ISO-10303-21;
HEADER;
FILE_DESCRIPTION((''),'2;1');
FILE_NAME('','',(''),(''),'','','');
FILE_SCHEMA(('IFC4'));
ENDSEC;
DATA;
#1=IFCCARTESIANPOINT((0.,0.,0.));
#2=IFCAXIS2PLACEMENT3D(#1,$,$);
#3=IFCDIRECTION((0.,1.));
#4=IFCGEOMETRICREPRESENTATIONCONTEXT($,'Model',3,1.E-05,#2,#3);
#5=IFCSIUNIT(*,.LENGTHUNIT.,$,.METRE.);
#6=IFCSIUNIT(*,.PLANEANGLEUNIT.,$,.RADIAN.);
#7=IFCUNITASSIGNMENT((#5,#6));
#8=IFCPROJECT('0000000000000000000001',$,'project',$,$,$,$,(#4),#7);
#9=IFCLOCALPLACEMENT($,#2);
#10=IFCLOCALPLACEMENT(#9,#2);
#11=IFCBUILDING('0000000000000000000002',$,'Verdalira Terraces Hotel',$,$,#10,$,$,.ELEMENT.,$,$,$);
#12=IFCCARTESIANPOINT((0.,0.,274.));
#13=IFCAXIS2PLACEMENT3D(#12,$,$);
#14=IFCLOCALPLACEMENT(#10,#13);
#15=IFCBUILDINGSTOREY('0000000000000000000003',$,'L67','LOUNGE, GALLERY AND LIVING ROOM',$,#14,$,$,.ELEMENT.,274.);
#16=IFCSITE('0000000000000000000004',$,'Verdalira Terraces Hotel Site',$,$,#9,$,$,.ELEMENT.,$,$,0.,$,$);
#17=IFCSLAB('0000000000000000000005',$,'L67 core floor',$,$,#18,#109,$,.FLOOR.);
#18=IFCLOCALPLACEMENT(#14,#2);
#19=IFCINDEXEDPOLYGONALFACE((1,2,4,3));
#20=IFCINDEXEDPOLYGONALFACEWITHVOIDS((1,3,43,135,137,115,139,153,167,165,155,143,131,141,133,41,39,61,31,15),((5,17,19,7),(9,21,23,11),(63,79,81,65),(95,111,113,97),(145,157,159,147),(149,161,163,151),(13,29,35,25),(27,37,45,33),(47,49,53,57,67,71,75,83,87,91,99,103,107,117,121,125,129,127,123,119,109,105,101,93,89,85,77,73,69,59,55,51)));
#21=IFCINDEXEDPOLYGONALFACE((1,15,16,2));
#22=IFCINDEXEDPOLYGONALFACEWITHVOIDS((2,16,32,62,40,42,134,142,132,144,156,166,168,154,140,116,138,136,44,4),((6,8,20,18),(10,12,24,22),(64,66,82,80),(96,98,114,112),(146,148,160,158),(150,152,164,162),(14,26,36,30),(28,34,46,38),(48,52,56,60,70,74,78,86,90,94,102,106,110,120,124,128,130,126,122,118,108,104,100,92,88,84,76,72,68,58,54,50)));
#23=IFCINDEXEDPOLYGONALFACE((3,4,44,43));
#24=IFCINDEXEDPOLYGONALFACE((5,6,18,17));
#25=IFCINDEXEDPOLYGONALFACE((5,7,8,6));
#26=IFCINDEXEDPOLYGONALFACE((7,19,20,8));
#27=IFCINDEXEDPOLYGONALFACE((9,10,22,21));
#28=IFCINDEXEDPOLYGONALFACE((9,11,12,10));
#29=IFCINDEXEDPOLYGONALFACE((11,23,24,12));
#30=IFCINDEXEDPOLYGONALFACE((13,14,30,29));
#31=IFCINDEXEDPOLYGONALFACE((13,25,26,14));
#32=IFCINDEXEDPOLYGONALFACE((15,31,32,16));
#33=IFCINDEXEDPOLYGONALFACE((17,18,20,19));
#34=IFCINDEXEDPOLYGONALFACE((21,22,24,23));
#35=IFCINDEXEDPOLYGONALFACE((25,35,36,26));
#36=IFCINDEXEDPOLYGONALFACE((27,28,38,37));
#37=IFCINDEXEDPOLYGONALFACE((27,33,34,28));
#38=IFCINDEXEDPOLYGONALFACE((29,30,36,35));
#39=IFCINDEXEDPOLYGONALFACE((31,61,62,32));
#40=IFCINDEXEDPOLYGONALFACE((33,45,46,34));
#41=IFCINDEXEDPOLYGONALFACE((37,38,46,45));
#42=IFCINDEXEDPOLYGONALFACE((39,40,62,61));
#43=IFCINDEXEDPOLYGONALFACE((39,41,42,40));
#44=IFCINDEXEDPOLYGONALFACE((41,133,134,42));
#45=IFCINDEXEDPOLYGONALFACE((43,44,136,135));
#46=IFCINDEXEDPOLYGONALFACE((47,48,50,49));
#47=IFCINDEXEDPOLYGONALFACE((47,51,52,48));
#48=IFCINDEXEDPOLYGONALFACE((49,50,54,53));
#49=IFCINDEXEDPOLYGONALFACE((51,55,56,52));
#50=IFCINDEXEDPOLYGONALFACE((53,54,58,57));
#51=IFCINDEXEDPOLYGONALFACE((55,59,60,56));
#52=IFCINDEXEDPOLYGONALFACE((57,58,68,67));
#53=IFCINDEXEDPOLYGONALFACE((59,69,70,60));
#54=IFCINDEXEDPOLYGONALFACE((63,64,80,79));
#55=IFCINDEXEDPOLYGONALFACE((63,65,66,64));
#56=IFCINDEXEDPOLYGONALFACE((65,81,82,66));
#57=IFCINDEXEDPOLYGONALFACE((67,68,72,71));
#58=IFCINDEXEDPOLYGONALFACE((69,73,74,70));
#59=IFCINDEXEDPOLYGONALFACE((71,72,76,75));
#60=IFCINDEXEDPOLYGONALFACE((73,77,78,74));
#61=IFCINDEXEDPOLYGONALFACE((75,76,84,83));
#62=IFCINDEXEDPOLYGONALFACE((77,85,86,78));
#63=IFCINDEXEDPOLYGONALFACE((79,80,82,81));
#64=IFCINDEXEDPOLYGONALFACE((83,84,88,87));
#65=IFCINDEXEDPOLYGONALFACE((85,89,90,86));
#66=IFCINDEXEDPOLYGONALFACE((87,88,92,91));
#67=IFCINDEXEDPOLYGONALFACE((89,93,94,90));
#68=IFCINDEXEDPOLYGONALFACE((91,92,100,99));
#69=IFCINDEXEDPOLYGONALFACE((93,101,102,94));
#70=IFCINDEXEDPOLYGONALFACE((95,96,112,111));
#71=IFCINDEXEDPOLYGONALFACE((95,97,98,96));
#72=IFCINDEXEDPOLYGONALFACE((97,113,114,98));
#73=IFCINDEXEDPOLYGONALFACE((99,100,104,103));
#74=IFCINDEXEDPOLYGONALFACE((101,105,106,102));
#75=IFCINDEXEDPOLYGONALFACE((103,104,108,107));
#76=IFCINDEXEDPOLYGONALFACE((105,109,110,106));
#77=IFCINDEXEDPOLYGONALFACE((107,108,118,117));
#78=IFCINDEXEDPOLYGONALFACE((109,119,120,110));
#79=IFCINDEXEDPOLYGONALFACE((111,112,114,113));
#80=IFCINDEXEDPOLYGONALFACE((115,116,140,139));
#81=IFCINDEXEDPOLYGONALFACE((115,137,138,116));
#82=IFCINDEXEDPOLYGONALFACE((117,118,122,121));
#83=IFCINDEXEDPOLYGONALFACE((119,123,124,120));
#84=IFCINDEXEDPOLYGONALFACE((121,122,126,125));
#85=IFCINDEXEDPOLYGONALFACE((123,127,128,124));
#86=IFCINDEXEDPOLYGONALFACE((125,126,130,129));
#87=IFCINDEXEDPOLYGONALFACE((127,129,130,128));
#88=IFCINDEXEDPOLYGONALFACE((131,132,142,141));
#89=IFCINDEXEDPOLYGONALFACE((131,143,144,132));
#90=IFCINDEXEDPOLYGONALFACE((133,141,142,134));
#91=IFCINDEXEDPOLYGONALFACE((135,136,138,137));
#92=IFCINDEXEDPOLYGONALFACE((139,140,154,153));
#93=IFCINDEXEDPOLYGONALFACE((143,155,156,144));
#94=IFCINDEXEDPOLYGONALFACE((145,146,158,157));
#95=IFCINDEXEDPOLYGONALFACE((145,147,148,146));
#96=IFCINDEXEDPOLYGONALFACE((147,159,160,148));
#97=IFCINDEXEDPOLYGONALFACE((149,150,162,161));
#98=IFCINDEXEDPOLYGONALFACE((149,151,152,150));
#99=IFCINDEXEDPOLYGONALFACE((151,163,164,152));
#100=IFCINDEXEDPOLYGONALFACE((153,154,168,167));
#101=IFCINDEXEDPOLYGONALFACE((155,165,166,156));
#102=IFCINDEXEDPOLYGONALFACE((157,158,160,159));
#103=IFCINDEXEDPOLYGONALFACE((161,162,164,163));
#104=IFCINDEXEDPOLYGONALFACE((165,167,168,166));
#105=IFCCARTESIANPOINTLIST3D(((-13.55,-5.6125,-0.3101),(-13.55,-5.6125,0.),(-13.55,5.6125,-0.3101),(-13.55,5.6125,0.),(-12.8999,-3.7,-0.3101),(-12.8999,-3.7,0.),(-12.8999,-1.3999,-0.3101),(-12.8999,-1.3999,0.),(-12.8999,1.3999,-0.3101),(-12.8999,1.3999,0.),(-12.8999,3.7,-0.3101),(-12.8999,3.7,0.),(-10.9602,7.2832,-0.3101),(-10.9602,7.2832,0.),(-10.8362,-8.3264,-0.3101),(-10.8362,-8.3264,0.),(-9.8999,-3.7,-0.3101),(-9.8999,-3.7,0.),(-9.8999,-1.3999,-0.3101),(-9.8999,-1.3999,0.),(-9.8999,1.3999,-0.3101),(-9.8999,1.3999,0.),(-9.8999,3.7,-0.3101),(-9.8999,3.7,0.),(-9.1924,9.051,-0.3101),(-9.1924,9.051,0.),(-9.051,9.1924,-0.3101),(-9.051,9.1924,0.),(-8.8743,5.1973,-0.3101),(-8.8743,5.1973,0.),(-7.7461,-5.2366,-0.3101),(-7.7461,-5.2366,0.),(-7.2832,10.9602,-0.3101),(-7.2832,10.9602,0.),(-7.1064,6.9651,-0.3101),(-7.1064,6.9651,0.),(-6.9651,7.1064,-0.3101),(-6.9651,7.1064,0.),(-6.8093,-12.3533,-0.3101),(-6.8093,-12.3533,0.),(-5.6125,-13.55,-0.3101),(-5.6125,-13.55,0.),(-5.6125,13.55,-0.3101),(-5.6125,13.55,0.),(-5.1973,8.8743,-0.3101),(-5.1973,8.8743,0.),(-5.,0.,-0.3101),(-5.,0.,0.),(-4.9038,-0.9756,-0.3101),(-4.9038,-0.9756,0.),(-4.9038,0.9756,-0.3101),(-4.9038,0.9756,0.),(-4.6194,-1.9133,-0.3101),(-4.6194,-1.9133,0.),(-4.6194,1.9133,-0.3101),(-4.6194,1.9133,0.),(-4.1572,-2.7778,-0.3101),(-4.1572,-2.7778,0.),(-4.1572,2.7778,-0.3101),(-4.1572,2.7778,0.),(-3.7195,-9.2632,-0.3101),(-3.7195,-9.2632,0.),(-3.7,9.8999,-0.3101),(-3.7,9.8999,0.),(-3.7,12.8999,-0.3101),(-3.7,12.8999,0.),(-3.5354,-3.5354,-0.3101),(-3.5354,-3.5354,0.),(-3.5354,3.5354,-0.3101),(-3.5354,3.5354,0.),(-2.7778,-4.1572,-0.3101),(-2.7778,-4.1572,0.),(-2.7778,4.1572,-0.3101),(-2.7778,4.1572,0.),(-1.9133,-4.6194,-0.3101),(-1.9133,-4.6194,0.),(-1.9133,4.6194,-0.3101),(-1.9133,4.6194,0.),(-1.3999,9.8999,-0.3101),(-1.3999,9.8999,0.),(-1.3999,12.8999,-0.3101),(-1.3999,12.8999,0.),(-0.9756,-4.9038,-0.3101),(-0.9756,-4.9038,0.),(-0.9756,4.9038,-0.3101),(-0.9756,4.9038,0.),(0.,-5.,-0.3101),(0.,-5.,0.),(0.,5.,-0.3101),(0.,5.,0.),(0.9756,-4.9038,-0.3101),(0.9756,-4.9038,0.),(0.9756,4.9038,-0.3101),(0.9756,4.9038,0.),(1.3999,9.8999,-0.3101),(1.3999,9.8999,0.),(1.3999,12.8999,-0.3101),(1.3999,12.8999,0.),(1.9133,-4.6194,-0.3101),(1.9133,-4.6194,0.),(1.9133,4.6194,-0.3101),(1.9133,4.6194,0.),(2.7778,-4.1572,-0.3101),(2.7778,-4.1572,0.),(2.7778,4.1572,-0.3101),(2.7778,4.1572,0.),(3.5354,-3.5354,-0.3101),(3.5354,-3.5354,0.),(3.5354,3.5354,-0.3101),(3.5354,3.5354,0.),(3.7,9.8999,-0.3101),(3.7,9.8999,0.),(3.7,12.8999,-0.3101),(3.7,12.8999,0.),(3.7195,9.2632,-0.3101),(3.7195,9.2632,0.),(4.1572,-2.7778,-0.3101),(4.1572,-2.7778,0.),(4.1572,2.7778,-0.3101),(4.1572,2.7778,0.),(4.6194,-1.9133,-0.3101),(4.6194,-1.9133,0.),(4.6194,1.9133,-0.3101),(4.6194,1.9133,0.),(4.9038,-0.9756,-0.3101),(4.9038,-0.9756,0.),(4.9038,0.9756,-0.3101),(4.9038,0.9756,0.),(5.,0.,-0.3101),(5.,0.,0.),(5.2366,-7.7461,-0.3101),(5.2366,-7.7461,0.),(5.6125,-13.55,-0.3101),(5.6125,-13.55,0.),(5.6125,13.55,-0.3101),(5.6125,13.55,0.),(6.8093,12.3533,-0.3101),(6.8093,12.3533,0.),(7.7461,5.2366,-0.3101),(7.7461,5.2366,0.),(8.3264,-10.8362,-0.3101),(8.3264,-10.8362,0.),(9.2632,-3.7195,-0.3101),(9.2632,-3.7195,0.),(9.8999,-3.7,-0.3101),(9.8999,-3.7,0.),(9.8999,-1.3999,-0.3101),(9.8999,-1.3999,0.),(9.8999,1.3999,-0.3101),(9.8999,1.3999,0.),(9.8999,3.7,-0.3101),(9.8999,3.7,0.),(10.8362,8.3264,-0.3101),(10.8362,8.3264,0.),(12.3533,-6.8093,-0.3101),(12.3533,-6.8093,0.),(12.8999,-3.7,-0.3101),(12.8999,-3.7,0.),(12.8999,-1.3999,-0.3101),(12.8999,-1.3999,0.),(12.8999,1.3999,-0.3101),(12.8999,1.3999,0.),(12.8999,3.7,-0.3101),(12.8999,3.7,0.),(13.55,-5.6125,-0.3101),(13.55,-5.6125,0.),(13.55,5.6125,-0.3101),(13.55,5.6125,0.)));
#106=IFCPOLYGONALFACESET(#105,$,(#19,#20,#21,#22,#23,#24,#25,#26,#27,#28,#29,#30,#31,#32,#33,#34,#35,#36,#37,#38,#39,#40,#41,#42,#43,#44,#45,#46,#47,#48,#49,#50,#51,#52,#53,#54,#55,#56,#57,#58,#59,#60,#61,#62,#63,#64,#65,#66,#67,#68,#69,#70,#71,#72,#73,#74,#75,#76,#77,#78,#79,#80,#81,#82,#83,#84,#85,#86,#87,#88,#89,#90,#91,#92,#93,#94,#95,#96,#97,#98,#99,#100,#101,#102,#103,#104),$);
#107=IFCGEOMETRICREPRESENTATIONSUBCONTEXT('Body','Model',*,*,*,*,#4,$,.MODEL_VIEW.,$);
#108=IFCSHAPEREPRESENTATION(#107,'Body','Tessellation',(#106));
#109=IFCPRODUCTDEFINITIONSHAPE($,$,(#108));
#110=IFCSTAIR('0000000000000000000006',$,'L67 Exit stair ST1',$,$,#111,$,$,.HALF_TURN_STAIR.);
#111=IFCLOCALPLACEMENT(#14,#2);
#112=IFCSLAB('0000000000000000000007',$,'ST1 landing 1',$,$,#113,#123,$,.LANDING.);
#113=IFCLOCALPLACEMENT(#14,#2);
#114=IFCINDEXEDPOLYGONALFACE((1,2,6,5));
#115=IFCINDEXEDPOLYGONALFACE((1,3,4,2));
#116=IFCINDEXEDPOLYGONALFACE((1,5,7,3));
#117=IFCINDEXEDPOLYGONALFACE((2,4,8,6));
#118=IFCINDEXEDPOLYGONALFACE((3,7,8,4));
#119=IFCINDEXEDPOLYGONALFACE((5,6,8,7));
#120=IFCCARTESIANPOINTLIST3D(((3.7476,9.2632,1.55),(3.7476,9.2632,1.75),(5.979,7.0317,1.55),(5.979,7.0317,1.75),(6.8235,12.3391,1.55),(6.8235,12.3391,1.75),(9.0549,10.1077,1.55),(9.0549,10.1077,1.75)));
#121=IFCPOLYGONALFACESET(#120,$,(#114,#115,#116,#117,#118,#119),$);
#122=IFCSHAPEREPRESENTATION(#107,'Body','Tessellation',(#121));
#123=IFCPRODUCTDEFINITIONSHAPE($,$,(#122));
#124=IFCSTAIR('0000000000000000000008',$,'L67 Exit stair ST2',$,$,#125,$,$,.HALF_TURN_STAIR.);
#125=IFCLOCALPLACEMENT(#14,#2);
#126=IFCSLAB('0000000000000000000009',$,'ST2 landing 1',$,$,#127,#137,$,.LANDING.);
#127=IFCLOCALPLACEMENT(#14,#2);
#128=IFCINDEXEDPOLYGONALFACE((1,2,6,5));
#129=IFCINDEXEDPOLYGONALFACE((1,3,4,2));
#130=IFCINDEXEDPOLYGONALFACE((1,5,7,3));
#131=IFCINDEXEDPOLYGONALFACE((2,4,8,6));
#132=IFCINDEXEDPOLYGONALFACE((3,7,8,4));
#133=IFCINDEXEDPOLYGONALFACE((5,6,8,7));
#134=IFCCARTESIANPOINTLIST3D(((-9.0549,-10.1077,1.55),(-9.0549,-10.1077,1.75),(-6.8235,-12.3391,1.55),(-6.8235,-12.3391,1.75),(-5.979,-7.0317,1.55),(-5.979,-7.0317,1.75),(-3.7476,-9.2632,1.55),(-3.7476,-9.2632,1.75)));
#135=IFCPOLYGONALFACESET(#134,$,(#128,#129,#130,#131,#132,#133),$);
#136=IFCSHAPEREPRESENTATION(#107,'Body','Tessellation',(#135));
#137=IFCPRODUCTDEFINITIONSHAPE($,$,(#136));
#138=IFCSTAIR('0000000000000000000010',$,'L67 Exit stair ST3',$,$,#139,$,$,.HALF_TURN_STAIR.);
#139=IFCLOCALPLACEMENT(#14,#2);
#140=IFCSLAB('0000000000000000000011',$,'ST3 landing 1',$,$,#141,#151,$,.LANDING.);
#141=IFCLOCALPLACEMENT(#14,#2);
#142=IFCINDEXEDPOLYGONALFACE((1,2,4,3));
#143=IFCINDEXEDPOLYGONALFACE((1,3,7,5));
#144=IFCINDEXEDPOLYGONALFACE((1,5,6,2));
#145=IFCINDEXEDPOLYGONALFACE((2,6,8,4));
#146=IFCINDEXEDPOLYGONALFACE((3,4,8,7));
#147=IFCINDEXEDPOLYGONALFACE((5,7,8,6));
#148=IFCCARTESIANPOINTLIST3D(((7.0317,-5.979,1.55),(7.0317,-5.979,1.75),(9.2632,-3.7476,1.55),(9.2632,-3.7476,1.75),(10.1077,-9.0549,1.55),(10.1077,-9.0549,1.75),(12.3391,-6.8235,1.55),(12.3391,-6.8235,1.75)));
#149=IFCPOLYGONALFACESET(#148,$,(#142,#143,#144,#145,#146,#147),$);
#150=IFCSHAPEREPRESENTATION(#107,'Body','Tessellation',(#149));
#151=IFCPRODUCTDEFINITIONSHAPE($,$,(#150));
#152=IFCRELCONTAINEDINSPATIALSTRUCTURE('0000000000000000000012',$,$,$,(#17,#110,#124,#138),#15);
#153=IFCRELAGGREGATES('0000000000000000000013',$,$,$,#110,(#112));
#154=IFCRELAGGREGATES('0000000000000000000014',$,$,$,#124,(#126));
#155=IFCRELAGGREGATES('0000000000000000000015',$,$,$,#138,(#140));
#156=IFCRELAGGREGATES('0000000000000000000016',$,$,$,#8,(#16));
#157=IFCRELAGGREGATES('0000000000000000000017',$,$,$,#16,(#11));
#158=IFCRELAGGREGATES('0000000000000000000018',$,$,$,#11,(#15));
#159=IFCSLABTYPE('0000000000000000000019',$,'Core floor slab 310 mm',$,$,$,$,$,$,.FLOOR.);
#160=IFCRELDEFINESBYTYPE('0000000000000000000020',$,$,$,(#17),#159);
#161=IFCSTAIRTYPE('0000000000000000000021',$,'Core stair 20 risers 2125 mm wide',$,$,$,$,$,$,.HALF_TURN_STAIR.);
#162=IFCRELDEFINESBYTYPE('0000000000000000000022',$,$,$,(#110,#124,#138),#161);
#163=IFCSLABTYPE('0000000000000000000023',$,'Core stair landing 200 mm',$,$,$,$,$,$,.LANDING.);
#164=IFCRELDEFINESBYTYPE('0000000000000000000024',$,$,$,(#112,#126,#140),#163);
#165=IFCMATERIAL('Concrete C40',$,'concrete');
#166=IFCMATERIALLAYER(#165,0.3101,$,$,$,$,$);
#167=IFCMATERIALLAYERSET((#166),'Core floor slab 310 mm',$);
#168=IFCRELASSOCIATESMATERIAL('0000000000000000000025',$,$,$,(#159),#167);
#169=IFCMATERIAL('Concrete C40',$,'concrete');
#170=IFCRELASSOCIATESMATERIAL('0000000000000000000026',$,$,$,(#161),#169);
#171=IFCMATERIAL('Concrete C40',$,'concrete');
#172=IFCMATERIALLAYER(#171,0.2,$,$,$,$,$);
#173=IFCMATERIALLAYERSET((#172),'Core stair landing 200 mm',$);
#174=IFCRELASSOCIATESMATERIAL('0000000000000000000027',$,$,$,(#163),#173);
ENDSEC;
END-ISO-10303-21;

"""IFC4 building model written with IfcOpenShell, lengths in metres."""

from ifc_helpers import new_model, si_unit, direction, frame, origin, place, context, subcontext, project, spatial, polyline, outline, extrude, material, layer, layer_set, type_object, element, aggregate, save


model = new_model("IFC4")

# Units and contexts
model_context = context("Model", 3, precision=1e-05, world=origin(), true_north=direction((0.0, 1.0)))
body_context = subcontext(model_context, "Body", "Model", "MODEL_VIEW")
ifc_project = project(units=[si_unit("LENGTHUNIT", "METRE"), si_unit("PLANEANGLEUNIT", "RADIAN")], contexts=[model_context])

# Site, building, storey
site_placement = place(None, origin())
site = spatial("IfcSite", under=ifc_project, at=site_placement, Name="Verdalira Terraces Hotel Site", CompositionType="ELEMENT", RefElevation=0.0)
building_placement = place(site_placement, origin())
building = spatial("IfcBuilding", under=site, at=building_placement, Name="Verdalira Terraces Hotel", CompositionType="ELEMENT")
storey_placement = place(building_placement, frame((0.0, 0.0, 274.0)))
storey = spatial("IfcBuildingStorey", under=building, at=storey_placement, Name="L67", Description="LOUNGE, GALLERY AND LIVING ROOM", CompositionType="ELEMENT", Elevation=274.0)

# Slab
ifc_material_1 = material(Name="Concrete C40", Category="concrete")
ifc_layer_1 = layer(ifc_material_1, 0.3101)
ifc_layer_set_1 = layer_set([ifc_layer_1], Name="Core floor slab 310 mm")
slab_type_1 = type_object("IfcSlabType", Name="Core floor slab 310 mm", PredefinedType="FLOOR", material=ifc_layer_set_1)
slab_1_placement = place(storey_placement, frame((0.0, 0.0, -0.3101)))
element("IfcSlab", 1, at=slab_1_placement, inside=storey, type_object=slab_type_1, Name="L67 core floor", PredefinedType="FLOOR", context=body_context, shape_type="SweptSolid", body=[
    extrude(outline(polyline([(-6.8093, -12.3533), (-3.7195, -9.2632), (-7.7461, -5.2366), (-10.8362, -8.3264), (-13.55, -5.6125), (-13.55, 5.6125), (-5.6125, 13.55), (5.6125, 13.55), (6.8093, 12.3533), (3.7195, 9.2632), (7.7461, 5.2366), (10.8362, 8.3264), (13.55, 5.6125), (13.55, -5.6125), (12.3533, -6.8093), (9.2632, -3.7195), (5.2366, -7.7461), (8.3264, -10.8362), (5.6125, -13.55), (-5.6125, -13.55), (-6.8093, -12.3533)]), holes=[polyline([(9.8999, -1.3999), (9.8999, -3.7), (12.8999, -3.7), (12.8999, -1.3999), (9.8999, -1.3999)]), polyline([(9.8999, 3.7), (9.8999, 1.3999), (12.8999, 1.3999), (12.8999, 3.7), (9.8999, 3.7)]), polyline([(3.7, 12.8999), (1.3999, 12.8999), (1.3999, 9.8999), (3.7, 9.8999), (3.7, 12.8999)]), polyline([(-1.3999, 12.8999), (-3.7, 12.8999), (-3.7, 9.8999), (-1.3999, 9.8999), (-1.3999, 12.8999)]), polyline([(-9.8999, 1.3999), (-9.8999, 3.7), (-12.8999, 3.7), (-12.8999, 1.3999), (-9.8999, 1.3999)]), polyline([(-9.8999, -3.7), (-9.8999, -1.3999), (-12.8999, -1.3999), (-12.8999, -3.7), (-9.8999, -3.7)]), polyline([(-9.051, 9.1924), (-6.9651, 7.1064), (-5.1973, 8.8743), (-7.2832, 10.9602), (-9.051, 9.1924)]), polyline([(-9.1924, 9.051), (-10.9602, 7.2832), (-8.8743, 5.1973), (-7.1064, 6.9651), (-9.1924, 9.051)]), polyline([(3.5354, 3.5354), (2.7778, 4.1572), (1.9133, 4.6194), (0.9756, 4.9038), (0.0, 5.0), (-0.9756, 4.9038), (-1.9133, 4.6194), (-2.7778, 4.1572), (-3.5354, 3.5354), (-4.1572, 2.7778), (-4.6194, 1.9133), (-4.9038, 0.9756), (-5.0, 0.0), (-4.9038, -0.9756), (-4.6194, -1.9133), (-4.1572, -2.7778), (-3.5354, -3.5354), (-2.7778, -4.1572), (-1.9133, -4.6194), (-0.9756, -4.9038), (0.0, -5.0), (0.9756, -4.9038), (1.9133, -4.6194), (2.7778, -4.1572), (3.5354, -3.5354), (4.1572, -2.7778), (4.6194, -1.9133), (4.9038, -0.9756), (5.0, 0.0), (4.9038, 0.9756), (4.6194, 1.9133), (4.1572, 2.7778), (3.5354, 3.5354)])]), origin(), (0.0, 0.0, 1.0), 0.3101),
])

# Stairs, slabs
ifc_material_2 = material(Name="Concrete C40", Category="concrete")
stair_type = type_object("IfcStairType", Name="Core stair 20 risers 2125 mm wide", PredefinedType="HALF_TURN_STAIR", material=ifc_material_2)
stair_1_placement = place(storey_placement, origin())
stair_1 = element("IfcStair", 2, at=stair_1_placement, inside=storey, type_object=stair_type, Name="L67 Exit stair ST1", PredefinedType="HALF_TURN_STAIR")
ifc_material_3 = material(Name="Concrete C40", Category="concrete")
ifc_layer_2 = layer(ifc_material_3, 0.2)
ifc_layer_set_2 = layer_set([ifc_layer_2], Name="Core stair landing 200 mm")
slab_type_2 = type_object("IfcSlabType", Name="Core stair landing 200 mm", PredefinedType="LANDING", material=ifc_layer_set_2)
slab_2_placement = place(storey_placement, frame((0.0, 0.0, 1.55)))
slab_2 = element("IfcSlab", 3, at=slab_2_placement, type_object=slab_type_2, Name="ST1 landing 1", PredefinedType="LANDING", context=body_context, shape_type="SweptSolid", body=[
    extrude(outline(polyline([(9.0549, 10.1077), (6.8235, 12.3391), (3.7476, 9.2632), (5.979, 7.0317), (9.0549, 10.1077)])), origin(), (0.0, 0.0, 1.0), 0.2),
])
aggregate(stair_1, [slab_2])
stair_2_placement = place(storey_placement, origin())
stair_2 = element("IfcStair", 4, at=stair_2_placement, inside=storey, type_object=stair_type, Name="L67 Exit stair ST2", PredefinedType="HALF_TURN_STAIR")
slab_3_placement = place(storey_placement, frame((0.0, 0.0, 1.55)))
slab_3 = element("IfcSlab", 5, at=slab_3_placement, type_object=slab_type_2, Name="ST2 landing 1", PredefinedType="LANDING", context=body_context, shape_type="SweptSolid", body=[
    extrude(outline(polyline([(-9.0549, -10.1077), (-6.8235, -12.3391), (-3.7476, -9.2632), (-5.979, -7.0317), (-9.0549, -10.1077)])), origin(), (0.0, 0.0, 1.0), 0.2),
])
aggregate(stair_2, [slab_3])
stair_3_placement = place(storey_placement, origin())
stair_3 = element("IfcStair", 6, at=stair_3_placement, inside=storey, type_object=stair_type, Name="L67 Exit stair ST3", PredefinedType="HALF_TURN_STAIR")
slab_4_placement = place(storey_placement, frame((0.0, 0.0, 1.55)))
slab_4 = element("IfcSlab", 7, at=slab_4_placement, type_object=slab_type_2, Name="ST3 landing 1", PredefinedType="LANDING", context=body_context, shape_type="SweptSolid", body=[
    extrude(outline(polyline([(10.1077, -9.0549), (12.3391, -6.8235), (9.2632, -3.7476), (7.0317, -5.979), (10.1077, -9.0549)])), origin(), (0.0, 0.0, 1.0), 0.2),
])
aggregate(stair_3, [slab_4])

save(model, "model.ifc")
